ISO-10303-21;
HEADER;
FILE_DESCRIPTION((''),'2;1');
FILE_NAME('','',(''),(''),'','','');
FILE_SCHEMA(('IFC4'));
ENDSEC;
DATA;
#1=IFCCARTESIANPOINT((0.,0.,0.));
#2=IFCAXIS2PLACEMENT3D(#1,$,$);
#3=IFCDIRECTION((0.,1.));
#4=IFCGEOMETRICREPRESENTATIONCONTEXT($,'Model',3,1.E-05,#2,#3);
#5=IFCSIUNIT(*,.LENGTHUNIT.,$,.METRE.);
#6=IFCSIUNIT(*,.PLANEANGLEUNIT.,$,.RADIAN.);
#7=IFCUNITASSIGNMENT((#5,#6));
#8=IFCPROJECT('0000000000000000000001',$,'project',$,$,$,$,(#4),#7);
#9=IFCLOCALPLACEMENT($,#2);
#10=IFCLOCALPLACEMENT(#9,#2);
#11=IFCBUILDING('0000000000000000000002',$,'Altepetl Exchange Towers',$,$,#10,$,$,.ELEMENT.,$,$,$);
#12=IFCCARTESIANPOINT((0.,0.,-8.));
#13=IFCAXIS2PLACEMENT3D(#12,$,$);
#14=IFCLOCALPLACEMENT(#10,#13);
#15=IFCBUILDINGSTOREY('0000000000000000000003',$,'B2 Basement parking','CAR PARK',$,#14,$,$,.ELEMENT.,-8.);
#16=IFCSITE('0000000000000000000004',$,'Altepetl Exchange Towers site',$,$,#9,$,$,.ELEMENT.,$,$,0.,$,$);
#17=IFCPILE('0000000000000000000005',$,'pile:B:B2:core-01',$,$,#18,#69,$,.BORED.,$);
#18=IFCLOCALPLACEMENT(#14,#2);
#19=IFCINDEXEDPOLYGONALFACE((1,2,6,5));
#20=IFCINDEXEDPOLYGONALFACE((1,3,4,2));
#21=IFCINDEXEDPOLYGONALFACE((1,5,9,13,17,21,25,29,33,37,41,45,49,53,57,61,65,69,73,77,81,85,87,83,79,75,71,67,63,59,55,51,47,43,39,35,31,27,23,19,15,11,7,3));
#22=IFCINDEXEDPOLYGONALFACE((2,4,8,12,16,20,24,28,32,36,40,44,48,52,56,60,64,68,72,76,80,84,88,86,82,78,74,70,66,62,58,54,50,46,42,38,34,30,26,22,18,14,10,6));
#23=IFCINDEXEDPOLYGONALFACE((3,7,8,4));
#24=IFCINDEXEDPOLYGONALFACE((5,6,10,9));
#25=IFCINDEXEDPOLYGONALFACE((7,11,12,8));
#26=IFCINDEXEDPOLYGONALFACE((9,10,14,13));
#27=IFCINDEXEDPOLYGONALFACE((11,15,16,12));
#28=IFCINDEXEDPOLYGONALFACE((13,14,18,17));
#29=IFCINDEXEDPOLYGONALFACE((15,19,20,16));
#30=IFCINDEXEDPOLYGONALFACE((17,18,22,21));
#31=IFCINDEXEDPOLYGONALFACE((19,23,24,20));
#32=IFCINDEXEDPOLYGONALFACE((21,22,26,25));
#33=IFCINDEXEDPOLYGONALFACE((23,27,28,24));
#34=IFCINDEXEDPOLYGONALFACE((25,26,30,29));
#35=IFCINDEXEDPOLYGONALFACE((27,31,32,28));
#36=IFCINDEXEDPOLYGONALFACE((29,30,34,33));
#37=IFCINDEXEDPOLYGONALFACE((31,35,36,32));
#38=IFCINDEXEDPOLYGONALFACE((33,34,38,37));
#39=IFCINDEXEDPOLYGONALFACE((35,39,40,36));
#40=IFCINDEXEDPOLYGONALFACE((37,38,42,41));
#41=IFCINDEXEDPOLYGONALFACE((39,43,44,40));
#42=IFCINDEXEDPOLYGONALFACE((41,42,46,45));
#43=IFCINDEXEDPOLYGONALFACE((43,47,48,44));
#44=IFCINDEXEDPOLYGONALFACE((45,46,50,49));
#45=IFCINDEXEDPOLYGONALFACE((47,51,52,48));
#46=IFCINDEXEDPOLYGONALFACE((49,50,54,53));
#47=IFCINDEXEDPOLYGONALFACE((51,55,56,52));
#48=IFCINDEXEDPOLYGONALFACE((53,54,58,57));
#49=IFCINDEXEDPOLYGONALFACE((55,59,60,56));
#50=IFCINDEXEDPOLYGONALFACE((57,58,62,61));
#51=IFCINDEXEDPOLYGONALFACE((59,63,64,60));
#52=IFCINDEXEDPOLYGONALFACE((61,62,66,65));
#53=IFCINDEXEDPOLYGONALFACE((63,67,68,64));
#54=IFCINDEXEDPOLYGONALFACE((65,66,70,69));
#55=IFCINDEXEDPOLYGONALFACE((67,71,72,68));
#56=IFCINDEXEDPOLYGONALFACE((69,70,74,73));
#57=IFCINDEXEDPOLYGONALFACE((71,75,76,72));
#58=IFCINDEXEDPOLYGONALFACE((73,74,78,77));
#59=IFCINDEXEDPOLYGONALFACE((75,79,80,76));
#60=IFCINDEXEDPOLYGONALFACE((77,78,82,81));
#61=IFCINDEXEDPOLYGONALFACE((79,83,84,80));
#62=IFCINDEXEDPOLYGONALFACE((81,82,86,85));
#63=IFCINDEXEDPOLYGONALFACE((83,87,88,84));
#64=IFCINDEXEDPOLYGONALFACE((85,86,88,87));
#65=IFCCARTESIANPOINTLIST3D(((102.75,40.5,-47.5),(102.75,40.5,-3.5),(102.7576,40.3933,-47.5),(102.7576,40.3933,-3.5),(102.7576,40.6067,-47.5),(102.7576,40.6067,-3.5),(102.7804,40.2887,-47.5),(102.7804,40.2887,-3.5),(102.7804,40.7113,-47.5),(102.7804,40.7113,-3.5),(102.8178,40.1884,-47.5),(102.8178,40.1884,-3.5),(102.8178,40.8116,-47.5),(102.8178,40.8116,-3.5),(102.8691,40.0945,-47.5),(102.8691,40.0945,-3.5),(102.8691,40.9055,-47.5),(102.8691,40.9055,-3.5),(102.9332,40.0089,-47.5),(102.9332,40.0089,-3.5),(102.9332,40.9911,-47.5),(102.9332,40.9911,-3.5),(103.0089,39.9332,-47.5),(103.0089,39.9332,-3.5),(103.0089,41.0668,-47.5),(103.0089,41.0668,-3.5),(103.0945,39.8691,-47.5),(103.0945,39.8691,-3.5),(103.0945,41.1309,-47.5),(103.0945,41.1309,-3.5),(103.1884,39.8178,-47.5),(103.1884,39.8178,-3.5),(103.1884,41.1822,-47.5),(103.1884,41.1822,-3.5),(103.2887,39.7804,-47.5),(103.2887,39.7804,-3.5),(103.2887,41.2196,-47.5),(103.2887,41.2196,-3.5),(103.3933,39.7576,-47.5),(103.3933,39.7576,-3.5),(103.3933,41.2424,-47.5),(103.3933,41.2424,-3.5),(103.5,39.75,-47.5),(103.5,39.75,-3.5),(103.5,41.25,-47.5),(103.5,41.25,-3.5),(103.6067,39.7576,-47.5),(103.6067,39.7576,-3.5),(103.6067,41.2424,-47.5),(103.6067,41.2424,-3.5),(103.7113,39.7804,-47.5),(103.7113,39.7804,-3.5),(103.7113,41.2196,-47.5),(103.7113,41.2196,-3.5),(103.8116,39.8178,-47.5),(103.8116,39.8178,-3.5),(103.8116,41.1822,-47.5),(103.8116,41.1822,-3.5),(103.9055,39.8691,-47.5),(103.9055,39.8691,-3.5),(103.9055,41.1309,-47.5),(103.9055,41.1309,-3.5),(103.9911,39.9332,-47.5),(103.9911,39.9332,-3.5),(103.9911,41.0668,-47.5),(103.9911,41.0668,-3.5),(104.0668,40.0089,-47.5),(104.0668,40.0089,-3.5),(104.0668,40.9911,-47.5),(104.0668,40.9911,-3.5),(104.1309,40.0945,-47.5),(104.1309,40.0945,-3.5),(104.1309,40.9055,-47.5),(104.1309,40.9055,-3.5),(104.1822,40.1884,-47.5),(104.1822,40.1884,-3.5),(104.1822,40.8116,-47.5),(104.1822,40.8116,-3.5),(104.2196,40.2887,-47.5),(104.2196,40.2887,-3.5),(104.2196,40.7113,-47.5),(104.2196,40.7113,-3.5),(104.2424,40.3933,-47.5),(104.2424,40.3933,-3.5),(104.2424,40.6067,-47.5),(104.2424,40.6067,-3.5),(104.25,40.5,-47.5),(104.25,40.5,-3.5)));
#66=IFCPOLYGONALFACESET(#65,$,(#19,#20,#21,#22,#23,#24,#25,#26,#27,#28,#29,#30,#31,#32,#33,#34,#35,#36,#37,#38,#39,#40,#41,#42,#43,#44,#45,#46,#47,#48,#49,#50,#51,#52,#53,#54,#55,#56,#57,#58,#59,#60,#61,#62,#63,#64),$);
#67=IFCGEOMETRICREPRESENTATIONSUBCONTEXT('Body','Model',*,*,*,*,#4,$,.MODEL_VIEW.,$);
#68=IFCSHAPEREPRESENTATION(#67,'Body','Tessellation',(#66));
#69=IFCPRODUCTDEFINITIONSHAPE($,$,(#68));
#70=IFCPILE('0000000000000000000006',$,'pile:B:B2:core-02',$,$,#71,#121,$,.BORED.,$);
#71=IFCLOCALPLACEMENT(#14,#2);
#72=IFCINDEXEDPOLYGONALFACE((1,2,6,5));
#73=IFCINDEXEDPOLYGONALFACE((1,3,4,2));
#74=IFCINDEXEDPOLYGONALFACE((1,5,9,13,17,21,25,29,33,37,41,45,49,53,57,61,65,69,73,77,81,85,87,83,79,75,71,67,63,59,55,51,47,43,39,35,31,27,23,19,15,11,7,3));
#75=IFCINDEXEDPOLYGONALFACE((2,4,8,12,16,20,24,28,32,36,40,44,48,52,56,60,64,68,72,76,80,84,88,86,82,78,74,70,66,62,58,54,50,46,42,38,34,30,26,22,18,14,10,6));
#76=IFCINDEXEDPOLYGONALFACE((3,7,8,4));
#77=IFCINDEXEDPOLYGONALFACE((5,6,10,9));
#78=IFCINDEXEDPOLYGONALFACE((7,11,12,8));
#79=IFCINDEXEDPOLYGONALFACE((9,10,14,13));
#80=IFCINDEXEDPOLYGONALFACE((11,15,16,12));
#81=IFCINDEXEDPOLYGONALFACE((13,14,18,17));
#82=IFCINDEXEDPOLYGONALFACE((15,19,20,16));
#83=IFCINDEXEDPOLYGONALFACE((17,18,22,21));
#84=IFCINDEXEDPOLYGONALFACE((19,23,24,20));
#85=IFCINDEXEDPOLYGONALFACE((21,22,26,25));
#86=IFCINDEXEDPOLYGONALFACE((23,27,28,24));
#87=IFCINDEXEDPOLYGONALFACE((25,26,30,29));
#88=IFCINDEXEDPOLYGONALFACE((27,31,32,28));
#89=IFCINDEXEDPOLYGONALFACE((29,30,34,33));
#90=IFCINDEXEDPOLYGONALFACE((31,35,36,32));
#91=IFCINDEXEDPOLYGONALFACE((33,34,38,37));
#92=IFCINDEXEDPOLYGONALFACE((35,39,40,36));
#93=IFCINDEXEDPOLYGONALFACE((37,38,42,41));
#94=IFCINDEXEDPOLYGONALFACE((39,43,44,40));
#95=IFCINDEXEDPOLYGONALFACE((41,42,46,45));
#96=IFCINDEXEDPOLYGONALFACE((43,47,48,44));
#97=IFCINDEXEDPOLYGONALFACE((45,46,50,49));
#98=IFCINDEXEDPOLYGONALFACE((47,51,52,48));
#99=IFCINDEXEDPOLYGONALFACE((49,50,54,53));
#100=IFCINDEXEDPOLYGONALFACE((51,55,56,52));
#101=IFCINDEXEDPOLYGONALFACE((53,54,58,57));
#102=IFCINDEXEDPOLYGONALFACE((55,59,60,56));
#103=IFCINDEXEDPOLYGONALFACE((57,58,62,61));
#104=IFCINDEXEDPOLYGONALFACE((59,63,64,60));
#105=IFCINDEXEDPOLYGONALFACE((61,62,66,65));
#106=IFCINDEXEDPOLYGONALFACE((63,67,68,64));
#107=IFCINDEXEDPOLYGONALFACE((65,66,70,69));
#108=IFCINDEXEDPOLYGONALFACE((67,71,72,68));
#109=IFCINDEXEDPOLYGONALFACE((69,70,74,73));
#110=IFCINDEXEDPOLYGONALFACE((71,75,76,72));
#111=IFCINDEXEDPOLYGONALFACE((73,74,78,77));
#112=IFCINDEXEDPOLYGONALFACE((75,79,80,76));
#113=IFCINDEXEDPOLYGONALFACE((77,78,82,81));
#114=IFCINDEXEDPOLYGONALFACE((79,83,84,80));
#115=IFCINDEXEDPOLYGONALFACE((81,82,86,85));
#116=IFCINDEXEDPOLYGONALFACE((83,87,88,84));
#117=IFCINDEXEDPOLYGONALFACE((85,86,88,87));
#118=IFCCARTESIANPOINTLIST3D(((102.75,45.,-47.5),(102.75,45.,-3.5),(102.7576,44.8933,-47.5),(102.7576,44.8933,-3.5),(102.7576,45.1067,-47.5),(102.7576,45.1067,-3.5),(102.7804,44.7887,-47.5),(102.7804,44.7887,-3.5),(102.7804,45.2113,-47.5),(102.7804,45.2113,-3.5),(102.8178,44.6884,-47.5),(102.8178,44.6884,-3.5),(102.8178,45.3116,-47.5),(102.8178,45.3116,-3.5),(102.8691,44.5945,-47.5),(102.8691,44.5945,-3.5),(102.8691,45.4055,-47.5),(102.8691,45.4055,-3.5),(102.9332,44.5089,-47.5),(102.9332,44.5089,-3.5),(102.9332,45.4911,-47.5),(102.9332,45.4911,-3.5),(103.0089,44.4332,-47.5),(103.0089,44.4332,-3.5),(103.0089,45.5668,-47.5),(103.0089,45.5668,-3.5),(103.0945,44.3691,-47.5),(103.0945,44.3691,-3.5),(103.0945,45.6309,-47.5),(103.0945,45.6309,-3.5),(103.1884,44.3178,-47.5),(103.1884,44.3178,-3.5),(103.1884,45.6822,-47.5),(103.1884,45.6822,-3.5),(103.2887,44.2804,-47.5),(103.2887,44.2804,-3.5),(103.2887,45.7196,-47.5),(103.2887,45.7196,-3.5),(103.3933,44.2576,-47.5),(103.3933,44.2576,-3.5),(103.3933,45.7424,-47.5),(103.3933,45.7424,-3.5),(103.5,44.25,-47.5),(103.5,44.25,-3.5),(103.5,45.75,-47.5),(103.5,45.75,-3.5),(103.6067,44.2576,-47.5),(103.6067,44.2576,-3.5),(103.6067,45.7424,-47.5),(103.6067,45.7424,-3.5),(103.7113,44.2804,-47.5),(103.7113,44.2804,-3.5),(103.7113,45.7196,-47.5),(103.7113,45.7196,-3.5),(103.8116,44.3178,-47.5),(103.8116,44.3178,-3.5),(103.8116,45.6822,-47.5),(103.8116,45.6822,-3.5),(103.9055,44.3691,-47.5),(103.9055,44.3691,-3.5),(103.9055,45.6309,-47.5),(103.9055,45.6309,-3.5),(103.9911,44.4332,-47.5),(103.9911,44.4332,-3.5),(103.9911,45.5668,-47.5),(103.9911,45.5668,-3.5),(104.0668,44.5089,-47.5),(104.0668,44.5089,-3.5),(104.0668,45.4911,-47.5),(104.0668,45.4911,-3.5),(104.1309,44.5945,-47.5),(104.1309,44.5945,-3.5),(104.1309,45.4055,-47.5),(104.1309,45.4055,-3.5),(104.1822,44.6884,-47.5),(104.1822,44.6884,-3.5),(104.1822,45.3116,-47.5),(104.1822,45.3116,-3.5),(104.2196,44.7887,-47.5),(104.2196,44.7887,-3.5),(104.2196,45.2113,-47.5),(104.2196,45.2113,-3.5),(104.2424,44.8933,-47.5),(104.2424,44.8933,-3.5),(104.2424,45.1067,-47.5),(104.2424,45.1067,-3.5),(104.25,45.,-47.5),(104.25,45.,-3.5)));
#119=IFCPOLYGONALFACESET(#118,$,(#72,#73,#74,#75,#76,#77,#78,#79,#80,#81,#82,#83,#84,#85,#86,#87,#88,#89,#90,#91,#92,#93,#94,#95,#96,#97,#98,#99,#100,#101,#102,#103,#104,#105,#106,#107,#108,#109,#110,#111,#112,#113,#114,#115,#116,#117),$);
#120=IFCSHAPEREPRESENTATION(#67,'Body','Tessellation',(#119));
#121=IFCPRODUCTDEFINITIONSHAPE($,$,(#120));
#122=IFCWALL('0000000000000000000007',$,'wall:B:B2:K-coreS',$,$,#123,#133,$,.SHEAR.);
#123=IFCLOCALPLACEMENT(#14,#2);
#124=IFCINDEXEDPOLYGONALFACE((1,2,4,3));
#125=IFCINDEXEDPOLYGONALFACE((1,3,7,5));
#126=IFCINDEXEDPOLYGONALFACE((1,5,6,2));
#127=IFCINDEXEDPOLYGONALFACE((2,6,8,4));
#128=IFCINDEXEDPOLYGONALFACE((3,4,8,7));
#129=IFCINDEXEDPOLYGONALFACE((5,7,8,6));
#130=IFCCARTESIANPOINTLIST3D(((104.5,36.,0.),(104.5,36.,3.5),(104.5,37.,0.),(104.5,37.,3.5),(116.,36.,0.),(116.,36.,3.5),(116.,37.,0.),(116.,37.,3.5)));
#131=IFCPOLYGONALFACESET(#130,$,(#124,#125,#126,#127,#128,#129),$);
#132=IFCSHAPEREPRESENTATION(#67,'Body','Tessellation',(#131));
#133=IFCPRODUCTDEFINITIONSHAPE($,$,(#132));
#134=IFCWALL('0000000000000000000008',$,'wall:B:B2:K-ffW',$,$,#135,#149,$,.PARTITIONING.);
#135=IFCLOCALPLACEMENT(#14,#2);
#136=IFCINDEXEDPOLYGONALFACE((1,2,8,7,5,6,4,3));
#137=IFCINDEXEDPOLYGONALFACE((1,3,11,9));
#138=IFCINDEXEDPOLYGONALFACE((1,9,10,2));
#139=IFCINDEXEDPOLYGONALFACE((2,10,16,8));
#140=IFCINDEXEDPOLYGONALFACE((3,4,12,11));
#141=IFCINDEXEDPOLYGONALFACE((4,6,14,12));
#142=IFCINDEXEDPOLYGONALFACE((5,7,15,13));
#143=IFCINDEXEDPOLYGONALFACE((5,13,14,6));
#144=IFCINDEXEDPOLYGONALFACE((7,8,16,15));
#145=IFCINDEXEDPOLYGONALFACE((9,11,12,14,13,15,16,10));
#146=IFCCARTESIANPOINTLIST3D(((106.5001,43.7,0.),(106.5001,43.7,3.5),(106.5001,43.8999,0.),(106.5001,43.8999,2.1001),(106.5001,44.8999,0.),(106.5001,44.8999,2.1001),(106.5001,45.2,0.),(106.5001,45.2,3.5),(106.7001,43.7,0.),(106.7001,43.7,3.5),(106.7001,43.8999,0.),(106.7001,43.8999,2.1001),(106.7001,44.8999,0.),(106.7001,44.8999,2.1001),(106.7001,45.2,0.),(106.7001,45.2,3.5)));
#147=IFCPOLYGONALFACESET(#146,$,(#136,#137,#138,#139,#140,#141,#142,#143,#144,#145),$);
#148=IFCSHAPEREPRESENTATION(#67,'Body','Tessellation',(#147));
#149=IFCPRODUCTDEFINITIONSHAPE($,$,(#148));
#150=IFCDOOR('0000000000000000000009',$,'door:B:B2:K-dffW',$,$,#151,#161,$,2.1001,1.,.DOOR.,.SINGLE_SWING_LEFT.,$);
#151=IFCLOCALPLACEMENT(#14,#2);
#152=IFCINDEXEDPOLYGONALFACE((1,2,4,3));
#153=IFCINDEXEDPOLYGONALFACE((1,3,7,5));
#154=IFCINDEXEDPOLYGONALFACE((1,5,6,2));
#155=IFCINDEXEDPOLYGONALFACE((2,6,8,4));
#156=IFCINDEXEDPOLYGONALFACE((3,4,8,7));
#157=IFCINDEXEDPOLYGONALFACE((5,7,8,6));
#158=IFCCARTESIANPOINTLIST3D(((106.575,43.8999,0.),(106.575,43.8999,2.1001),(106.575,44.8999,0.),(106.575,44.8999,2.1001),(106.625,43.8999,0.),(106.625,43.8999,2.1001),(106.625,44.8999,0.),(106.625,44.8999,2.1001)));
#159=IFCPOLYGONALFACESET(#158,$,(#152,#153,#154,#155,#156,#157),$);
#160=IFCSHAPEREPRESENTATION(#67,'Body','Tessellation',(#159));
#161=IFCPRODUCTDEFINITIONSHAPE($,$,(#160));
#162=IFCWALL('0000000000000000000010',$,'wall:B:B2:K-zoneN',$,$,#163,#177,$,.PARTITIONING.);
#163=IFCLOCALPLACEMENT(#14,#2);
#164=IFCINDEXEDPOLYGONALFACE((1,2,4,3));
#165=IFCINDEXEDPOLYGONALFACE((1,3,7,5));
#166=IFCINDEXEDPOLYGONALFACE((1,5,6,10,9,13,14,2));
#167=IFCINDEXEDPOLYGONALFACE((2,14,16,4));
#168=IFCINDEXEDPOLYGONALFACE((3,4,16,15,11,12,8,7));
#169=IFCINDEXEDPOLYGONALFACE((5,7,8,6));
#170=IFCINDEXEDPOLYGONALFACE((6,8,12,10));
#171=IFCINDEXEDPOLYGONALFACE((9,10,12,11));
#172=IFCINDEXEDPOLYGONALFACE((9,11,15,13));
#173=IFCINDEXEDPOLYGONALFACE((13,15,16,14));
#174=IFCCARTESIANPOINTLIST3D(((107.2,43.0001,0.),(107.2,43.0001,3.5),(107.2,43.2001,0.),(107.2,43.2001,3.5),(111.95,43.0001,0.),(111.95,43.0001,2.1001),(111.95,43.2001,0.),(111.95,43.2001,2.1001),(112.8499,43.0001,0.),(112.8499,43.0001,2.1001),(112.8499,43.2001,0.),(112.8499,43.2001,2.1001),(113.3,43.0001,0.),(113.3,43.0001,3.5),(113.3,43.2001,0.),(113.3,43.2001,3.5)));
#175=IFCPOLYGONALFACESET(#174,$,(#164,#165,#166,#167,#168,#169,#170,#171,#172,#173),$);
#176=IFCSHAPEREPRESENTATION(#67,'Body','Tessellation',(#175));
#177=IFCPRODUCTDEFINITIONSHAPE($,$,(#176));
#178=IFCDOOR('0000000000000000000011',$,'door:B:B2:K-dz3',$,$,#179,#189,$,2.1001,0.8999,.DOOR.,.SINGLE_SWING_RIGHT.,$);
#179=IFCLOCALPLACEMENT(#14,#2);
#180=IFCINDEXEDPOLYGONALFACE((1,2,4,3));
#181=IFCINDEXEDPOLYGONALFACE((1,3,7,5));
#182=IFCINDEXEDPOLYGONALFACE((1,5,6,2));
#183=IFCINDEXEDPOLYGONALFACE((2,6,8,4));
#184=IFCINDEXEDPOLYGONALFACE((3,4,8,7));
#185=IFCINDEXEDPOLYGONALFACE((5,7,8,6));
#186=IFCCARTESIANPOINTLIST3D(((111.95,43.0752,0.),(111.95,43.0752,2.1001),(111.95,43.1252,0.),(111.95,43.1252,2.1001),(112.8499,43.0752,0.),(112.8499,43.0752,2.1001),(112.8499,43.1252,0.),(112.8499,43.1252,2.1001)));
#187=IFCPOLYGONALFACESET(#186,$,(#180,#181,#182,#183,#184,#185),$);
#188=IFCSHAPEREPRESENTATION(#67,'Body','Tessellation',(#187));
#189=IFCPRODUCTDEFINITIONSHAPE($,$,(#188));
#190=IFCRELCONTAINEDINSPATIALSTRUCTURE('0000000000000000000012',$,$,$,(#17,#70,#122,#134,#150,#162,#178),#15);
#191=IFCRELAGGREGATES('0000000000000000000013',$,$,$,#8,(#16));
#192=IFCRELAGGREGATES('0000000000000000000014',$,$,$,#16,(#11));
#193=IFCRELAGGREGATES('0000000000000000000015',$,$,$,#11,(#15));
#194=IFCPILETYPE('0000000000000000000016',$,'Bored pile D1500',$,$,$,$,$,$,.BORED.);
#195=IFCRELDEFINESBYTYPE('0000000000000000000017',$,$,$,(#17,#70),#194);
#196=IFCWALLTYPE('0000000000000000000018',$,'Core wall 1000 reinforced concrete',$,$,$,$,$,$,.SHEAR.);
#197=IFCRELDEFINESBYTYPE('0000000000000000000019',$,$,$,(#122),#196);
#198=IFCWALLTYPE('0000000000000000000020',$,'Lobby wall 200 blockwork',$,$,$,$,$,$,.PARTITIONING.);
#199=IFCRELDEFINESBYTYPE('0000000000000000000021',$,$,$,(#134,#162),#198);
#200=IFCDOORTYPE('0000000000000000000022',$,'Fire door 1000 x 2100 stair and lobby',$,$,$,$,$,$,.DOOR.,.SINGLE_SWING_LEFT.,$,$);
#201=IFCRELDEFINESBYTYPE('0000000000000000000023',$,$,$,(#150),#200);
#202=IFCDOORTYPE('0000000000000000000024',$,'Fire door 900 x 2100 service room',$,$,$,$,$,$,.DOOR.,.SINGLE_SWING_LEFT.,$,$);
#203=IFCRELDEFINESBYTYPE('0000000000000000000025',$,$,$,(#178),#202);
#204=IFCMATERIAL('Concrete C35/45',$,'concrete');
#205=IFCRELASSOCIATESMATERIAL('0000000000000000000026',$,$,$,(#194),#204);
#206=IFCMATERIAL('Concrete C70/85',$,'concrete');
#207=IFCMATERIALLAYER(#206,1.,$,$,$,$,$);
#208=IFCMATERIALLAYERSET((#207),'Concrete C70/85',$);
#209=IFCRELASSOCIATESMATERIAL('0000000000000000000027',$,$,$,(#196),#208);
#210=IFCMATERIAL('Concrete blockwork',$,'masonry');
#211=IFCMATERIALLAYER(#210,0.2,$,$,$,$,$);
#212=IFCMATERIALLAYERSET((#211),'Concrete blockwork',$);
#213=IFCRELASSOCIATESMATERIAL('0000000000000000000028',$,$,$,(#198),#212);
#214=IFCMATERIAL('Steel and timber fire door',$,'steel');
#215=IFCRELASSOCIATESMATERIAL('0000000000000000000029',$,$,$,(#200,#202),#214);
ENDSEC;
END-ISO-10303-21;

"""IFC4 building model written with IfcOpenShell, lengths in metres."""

from ifc_helpers import new_model, si_unit, direction, frame, frame_2d, origin, origin_2d, place, context, subcontext, project, spatial, rectangle, circle, extrude, material, layer, layer_set, material_profile, profile_set, type_object, element, fill, save


model = new_model("IFC4")

# Units and contexts
model_context = context("Model", 3, precision=1e-05, world=origin(), true_north=direction((0.0, 1.0)))
body_context = subcontext(model_context, "Body", "Model", "MODEL_VIEW")
ifc_project = project(units=[si_unit("LENGTHUNIT", "METRE"), si_unit("PLANEANGLEUNIT", "RADIAN")], contexts=[model_context])

# Site, building, storey
site_placement = place(None, origin())
site = spatial("IfcSite", under=ifc_project, at=site_placement, Name="Altepetl Exchange Towers site", CompositionType="ELEMENT", RefElevation=0.0)
building_placement = place(site_placement, origin())
building = spatial("IfcBuilding", under=site, at=building_placement, Name="Altepetl Exchange Towers", CompositionType="ELEMENT")
storey_placement = place(building_placement, frame((0.0, 0.0, -8.0)))
storey = spatial("IfcBuildingStorey", under=building, at=storey_placement, Name="B2 Basement parking", Description="CAR PARK", CompositionType="ELEMENT", Elevation=-8.0)

# Piles
ifc_material_1 = material(Name="Concrete C35/45", Category="concrete")
ifc_material_profile = material_profile(ifc_material_1, circle(Radius=0.75, at=origin_2d()), Name="D1500")
ifc_profile_set = profile_set([ifc_material_profile], Name="Concrete C35/45")
pile_type = type_object("IfcPileType", Name="Bored pile D1500", PredefinedType="BORED", material=ifc_profile_set)
for number, where, z_axis, x_axis, name in (
    (1, (103.5, 40.5, -3.5), (0.0, 0.0, -1.0), (1.0, 0.0, 0.0), "pile:B:B2:core-01"),
    (2, (103.5, 45.0, -3.5), (0.0, 0.0, -1.0), (1.0, 0.0, 0.0), "pile:B:B2:core-02"),
):
    element("IfcPile", number, at=place(storey_placement, frame(where, z_axis=z_axis, x_axis=x_axis)), inside=storey, type_object=pile_type, Name=name, PredefinedType="BORED", context=body_context, shape_type="SweptSolid", body=[
        extrude(circle(Radius=0.75, at=origin_2d()), origin(), (0.0, 0.0, 1.0), 44.0),
    ])

# Wall
ifc_material_2 = material(Name="Concrete C70/85", Category="concrete")
ifc_layer_1 = layer(ifc_material_2, 1.0)
ifc_layer_set_1 = layer_set([ifc_layer_1], Name="Concrete C70/85")
wall_type_1 = type_object("IfcWallType", Name="Core wall 1000 reinforced concrete", PredefinedType="SHEAR", material=ifc_layer_set_1)
wall_1_placement = place(storey_placement, frame((104.5, 36.5, 0.0)))
element("IfcWall", 3, at=wall_1_placement, inside=storey, type_object=wall_type_1, Name="wall:B:B2:K-coreS", PredefinedType="SHEAR", context=body_context, shape_type="SweptSolid", body=[
    extrude(rectangle(XDim=11.5, YDim=1.0, at=frame_2d((5.75, 0.0))), origin(), (0.0, 0.0, 1.0), 3.5),
])

# Walls, openings, doors
ifc_material_3 = material(Name="Concrete blockwork", Category="masonry")
ifc_layer_2 = layer(ifc_material_3, 0.2)
ifc_layer_set_2 = layer_set([ifc_layer_2], Name="Concrete blockwork")
wall_type_2 = type_object("IfcWallType", Name="Lobby wall 200 blockwork", PredefinedType="PARTITIONING", material=ifc_layer_set_2)
wall_2_placement = place(storey_placement, frame((106.6001, 43.7, 0.0), z_axis=(0.0, 0.0, 1.0), x_axis=(0.0, 1.0, 0.0)))
wall_2 = element("IfcWall", 4, at=wall_2_placement, inside=storey, type_object=wall_type_2, Name="wall:B:B2:K-ffW", PredefinedType="PARTITIONING", context=body_context, shape_type="SweptSolid", body=[
    extrude(rectangle(XDim=1.5, YDim=0.2, at=frame_2d((0.75, 0.0))), origin(), (0.0, 0.0, 1.0), 3.5),
])
opening_1_placement = place(wall_2_placement, frame((0.2, 0.0, 0.0)))
opening_1 = element("IfcOpeningElement", 5, at=opening_1_placement, cuts=wall_2, PredefinedType="OPENING", context=body_context, shape_type="SweptSolid", body=[
    extrude(rectangle(XDim=1.0, YDim=2.1001, at=frame_2d((0.5, 1.05))), frame((0.0, 0.1099, 0.0), z_axis=(0.0, -1.0, 0.0), x_axis=(1.0, 0.0, 0.0)), (0.0, 0.0, 1.0), 0.22),
])
ifc_material_4 = material(Name="Steel and timber fire door", Category="steel")
door_type_1 = type_object("IfcDoorType", Name="Fire door 1000 x 2100 stair and lobby", OperationType="SINGLE_SWING_LEFT", PredefinedType="DOOR", material=ifc_material_4)
door_1_placement = place(opening_1_placement, frame((1.0, 0.0, 0.0), x_axis=(-1.0, 0.0, 0.0)))
door_1 = element("IfcDoor", 6, at=door_1_placement, inside=storey, type_object=door_type_1, Name="door:B:B2:K-dffW", OperationType="SINGLE_SWING_LEFT", OverallHeight=2.1001, OverallWidth=1.0, PredefinedType="DOOR", context=body_context, shape_type="SweptSolid", body=[
    extrude(rectangle(XDim=1.0, YDim=2.1001, at=frame_2d((0.5, 1.05))), frame((0.0, 0.0249, 0.0), z_axis=(0.0, -1.0, 0.0), x_axis=(1.0, 0.0, 0.0)), (0.0, 0.0, 1.0), 0.05),
])
fill(opening_1, door_1)
wall_3_placement = place(storey_placement, frame((107.2, 43.1001, 0.0)))
wall_3 = element("IfcWall", 7, at=wall_3_placement, inside=storey, type_object=wall_type_2, Name="wall:B:B2:K-zoneN", PredefinedType="PARTITIONING", context=body_context, shape_type="SweptSolid", body=[
    extrude(rectangle(XDim=6.1001, YDim=0.2, at=frame_2d((3.05, 0.0))), origin(), (0.0, 0.0, 1.0), 3.5),
])
opening_2_placement = place(wall_3_placement, frame((4.75, 0.0, 0.0)))
opening_2 = element("IfcOpeningElement", 8, at=opening_2_placement, cuts=wall_3, PredefinedType="OPENING", context=body_context, shape_type="SweptSolid", body=[
    extrude(rectangle(XDim=0.8999, YDim=2.1001, at=frame_2d((0.45, 1.05))), frame((0.0, 0.1099, 0.0), z_axis=(0.0, -1.0, 0.0), x_axis=(1.0, 0.0, 0.0)), (0.0, 0.0, 1.0), 0.22),
])
door_type_2 = type_object("IfcDoorType", Name="Fire door 900 x 2100 service room", OperationType="SINGLE_SWING_LEFT", PredefinedType="DOOR", material=ifc_material_4)
door_2_placement = place(opening_2_placement, frame((0.8999, 0.0, 0.0), x_axis=(-1.0, 0.0, 0.0)))
door_2 = element("IfcDoor", 9, at=door_2_placement, inside=storey, type_object=door_type_2, Name="door:B:B2:K-dz3", OperationType="SINGLE_SWING_RIGHT", OverallHeight=2.1001, OverallWidth=0.8999, PredefinedType="DOOR", context=body_context, shape_type="SweptSolid", body=[
    extrude(rectangle(XDim=0.8999, YDim=2.1001, at=frame_2d((0.45, 1.05))), frame((0.0, 0.0249, 0.0), z_axis=(0.0, -1.0, 0.0), x_axis=(1.0, 0.0, 0.0)), (0.0, 0.0, 1.0), 0.05),
])
fill(opening_2, door_2)

save(model, "model.ifc")
